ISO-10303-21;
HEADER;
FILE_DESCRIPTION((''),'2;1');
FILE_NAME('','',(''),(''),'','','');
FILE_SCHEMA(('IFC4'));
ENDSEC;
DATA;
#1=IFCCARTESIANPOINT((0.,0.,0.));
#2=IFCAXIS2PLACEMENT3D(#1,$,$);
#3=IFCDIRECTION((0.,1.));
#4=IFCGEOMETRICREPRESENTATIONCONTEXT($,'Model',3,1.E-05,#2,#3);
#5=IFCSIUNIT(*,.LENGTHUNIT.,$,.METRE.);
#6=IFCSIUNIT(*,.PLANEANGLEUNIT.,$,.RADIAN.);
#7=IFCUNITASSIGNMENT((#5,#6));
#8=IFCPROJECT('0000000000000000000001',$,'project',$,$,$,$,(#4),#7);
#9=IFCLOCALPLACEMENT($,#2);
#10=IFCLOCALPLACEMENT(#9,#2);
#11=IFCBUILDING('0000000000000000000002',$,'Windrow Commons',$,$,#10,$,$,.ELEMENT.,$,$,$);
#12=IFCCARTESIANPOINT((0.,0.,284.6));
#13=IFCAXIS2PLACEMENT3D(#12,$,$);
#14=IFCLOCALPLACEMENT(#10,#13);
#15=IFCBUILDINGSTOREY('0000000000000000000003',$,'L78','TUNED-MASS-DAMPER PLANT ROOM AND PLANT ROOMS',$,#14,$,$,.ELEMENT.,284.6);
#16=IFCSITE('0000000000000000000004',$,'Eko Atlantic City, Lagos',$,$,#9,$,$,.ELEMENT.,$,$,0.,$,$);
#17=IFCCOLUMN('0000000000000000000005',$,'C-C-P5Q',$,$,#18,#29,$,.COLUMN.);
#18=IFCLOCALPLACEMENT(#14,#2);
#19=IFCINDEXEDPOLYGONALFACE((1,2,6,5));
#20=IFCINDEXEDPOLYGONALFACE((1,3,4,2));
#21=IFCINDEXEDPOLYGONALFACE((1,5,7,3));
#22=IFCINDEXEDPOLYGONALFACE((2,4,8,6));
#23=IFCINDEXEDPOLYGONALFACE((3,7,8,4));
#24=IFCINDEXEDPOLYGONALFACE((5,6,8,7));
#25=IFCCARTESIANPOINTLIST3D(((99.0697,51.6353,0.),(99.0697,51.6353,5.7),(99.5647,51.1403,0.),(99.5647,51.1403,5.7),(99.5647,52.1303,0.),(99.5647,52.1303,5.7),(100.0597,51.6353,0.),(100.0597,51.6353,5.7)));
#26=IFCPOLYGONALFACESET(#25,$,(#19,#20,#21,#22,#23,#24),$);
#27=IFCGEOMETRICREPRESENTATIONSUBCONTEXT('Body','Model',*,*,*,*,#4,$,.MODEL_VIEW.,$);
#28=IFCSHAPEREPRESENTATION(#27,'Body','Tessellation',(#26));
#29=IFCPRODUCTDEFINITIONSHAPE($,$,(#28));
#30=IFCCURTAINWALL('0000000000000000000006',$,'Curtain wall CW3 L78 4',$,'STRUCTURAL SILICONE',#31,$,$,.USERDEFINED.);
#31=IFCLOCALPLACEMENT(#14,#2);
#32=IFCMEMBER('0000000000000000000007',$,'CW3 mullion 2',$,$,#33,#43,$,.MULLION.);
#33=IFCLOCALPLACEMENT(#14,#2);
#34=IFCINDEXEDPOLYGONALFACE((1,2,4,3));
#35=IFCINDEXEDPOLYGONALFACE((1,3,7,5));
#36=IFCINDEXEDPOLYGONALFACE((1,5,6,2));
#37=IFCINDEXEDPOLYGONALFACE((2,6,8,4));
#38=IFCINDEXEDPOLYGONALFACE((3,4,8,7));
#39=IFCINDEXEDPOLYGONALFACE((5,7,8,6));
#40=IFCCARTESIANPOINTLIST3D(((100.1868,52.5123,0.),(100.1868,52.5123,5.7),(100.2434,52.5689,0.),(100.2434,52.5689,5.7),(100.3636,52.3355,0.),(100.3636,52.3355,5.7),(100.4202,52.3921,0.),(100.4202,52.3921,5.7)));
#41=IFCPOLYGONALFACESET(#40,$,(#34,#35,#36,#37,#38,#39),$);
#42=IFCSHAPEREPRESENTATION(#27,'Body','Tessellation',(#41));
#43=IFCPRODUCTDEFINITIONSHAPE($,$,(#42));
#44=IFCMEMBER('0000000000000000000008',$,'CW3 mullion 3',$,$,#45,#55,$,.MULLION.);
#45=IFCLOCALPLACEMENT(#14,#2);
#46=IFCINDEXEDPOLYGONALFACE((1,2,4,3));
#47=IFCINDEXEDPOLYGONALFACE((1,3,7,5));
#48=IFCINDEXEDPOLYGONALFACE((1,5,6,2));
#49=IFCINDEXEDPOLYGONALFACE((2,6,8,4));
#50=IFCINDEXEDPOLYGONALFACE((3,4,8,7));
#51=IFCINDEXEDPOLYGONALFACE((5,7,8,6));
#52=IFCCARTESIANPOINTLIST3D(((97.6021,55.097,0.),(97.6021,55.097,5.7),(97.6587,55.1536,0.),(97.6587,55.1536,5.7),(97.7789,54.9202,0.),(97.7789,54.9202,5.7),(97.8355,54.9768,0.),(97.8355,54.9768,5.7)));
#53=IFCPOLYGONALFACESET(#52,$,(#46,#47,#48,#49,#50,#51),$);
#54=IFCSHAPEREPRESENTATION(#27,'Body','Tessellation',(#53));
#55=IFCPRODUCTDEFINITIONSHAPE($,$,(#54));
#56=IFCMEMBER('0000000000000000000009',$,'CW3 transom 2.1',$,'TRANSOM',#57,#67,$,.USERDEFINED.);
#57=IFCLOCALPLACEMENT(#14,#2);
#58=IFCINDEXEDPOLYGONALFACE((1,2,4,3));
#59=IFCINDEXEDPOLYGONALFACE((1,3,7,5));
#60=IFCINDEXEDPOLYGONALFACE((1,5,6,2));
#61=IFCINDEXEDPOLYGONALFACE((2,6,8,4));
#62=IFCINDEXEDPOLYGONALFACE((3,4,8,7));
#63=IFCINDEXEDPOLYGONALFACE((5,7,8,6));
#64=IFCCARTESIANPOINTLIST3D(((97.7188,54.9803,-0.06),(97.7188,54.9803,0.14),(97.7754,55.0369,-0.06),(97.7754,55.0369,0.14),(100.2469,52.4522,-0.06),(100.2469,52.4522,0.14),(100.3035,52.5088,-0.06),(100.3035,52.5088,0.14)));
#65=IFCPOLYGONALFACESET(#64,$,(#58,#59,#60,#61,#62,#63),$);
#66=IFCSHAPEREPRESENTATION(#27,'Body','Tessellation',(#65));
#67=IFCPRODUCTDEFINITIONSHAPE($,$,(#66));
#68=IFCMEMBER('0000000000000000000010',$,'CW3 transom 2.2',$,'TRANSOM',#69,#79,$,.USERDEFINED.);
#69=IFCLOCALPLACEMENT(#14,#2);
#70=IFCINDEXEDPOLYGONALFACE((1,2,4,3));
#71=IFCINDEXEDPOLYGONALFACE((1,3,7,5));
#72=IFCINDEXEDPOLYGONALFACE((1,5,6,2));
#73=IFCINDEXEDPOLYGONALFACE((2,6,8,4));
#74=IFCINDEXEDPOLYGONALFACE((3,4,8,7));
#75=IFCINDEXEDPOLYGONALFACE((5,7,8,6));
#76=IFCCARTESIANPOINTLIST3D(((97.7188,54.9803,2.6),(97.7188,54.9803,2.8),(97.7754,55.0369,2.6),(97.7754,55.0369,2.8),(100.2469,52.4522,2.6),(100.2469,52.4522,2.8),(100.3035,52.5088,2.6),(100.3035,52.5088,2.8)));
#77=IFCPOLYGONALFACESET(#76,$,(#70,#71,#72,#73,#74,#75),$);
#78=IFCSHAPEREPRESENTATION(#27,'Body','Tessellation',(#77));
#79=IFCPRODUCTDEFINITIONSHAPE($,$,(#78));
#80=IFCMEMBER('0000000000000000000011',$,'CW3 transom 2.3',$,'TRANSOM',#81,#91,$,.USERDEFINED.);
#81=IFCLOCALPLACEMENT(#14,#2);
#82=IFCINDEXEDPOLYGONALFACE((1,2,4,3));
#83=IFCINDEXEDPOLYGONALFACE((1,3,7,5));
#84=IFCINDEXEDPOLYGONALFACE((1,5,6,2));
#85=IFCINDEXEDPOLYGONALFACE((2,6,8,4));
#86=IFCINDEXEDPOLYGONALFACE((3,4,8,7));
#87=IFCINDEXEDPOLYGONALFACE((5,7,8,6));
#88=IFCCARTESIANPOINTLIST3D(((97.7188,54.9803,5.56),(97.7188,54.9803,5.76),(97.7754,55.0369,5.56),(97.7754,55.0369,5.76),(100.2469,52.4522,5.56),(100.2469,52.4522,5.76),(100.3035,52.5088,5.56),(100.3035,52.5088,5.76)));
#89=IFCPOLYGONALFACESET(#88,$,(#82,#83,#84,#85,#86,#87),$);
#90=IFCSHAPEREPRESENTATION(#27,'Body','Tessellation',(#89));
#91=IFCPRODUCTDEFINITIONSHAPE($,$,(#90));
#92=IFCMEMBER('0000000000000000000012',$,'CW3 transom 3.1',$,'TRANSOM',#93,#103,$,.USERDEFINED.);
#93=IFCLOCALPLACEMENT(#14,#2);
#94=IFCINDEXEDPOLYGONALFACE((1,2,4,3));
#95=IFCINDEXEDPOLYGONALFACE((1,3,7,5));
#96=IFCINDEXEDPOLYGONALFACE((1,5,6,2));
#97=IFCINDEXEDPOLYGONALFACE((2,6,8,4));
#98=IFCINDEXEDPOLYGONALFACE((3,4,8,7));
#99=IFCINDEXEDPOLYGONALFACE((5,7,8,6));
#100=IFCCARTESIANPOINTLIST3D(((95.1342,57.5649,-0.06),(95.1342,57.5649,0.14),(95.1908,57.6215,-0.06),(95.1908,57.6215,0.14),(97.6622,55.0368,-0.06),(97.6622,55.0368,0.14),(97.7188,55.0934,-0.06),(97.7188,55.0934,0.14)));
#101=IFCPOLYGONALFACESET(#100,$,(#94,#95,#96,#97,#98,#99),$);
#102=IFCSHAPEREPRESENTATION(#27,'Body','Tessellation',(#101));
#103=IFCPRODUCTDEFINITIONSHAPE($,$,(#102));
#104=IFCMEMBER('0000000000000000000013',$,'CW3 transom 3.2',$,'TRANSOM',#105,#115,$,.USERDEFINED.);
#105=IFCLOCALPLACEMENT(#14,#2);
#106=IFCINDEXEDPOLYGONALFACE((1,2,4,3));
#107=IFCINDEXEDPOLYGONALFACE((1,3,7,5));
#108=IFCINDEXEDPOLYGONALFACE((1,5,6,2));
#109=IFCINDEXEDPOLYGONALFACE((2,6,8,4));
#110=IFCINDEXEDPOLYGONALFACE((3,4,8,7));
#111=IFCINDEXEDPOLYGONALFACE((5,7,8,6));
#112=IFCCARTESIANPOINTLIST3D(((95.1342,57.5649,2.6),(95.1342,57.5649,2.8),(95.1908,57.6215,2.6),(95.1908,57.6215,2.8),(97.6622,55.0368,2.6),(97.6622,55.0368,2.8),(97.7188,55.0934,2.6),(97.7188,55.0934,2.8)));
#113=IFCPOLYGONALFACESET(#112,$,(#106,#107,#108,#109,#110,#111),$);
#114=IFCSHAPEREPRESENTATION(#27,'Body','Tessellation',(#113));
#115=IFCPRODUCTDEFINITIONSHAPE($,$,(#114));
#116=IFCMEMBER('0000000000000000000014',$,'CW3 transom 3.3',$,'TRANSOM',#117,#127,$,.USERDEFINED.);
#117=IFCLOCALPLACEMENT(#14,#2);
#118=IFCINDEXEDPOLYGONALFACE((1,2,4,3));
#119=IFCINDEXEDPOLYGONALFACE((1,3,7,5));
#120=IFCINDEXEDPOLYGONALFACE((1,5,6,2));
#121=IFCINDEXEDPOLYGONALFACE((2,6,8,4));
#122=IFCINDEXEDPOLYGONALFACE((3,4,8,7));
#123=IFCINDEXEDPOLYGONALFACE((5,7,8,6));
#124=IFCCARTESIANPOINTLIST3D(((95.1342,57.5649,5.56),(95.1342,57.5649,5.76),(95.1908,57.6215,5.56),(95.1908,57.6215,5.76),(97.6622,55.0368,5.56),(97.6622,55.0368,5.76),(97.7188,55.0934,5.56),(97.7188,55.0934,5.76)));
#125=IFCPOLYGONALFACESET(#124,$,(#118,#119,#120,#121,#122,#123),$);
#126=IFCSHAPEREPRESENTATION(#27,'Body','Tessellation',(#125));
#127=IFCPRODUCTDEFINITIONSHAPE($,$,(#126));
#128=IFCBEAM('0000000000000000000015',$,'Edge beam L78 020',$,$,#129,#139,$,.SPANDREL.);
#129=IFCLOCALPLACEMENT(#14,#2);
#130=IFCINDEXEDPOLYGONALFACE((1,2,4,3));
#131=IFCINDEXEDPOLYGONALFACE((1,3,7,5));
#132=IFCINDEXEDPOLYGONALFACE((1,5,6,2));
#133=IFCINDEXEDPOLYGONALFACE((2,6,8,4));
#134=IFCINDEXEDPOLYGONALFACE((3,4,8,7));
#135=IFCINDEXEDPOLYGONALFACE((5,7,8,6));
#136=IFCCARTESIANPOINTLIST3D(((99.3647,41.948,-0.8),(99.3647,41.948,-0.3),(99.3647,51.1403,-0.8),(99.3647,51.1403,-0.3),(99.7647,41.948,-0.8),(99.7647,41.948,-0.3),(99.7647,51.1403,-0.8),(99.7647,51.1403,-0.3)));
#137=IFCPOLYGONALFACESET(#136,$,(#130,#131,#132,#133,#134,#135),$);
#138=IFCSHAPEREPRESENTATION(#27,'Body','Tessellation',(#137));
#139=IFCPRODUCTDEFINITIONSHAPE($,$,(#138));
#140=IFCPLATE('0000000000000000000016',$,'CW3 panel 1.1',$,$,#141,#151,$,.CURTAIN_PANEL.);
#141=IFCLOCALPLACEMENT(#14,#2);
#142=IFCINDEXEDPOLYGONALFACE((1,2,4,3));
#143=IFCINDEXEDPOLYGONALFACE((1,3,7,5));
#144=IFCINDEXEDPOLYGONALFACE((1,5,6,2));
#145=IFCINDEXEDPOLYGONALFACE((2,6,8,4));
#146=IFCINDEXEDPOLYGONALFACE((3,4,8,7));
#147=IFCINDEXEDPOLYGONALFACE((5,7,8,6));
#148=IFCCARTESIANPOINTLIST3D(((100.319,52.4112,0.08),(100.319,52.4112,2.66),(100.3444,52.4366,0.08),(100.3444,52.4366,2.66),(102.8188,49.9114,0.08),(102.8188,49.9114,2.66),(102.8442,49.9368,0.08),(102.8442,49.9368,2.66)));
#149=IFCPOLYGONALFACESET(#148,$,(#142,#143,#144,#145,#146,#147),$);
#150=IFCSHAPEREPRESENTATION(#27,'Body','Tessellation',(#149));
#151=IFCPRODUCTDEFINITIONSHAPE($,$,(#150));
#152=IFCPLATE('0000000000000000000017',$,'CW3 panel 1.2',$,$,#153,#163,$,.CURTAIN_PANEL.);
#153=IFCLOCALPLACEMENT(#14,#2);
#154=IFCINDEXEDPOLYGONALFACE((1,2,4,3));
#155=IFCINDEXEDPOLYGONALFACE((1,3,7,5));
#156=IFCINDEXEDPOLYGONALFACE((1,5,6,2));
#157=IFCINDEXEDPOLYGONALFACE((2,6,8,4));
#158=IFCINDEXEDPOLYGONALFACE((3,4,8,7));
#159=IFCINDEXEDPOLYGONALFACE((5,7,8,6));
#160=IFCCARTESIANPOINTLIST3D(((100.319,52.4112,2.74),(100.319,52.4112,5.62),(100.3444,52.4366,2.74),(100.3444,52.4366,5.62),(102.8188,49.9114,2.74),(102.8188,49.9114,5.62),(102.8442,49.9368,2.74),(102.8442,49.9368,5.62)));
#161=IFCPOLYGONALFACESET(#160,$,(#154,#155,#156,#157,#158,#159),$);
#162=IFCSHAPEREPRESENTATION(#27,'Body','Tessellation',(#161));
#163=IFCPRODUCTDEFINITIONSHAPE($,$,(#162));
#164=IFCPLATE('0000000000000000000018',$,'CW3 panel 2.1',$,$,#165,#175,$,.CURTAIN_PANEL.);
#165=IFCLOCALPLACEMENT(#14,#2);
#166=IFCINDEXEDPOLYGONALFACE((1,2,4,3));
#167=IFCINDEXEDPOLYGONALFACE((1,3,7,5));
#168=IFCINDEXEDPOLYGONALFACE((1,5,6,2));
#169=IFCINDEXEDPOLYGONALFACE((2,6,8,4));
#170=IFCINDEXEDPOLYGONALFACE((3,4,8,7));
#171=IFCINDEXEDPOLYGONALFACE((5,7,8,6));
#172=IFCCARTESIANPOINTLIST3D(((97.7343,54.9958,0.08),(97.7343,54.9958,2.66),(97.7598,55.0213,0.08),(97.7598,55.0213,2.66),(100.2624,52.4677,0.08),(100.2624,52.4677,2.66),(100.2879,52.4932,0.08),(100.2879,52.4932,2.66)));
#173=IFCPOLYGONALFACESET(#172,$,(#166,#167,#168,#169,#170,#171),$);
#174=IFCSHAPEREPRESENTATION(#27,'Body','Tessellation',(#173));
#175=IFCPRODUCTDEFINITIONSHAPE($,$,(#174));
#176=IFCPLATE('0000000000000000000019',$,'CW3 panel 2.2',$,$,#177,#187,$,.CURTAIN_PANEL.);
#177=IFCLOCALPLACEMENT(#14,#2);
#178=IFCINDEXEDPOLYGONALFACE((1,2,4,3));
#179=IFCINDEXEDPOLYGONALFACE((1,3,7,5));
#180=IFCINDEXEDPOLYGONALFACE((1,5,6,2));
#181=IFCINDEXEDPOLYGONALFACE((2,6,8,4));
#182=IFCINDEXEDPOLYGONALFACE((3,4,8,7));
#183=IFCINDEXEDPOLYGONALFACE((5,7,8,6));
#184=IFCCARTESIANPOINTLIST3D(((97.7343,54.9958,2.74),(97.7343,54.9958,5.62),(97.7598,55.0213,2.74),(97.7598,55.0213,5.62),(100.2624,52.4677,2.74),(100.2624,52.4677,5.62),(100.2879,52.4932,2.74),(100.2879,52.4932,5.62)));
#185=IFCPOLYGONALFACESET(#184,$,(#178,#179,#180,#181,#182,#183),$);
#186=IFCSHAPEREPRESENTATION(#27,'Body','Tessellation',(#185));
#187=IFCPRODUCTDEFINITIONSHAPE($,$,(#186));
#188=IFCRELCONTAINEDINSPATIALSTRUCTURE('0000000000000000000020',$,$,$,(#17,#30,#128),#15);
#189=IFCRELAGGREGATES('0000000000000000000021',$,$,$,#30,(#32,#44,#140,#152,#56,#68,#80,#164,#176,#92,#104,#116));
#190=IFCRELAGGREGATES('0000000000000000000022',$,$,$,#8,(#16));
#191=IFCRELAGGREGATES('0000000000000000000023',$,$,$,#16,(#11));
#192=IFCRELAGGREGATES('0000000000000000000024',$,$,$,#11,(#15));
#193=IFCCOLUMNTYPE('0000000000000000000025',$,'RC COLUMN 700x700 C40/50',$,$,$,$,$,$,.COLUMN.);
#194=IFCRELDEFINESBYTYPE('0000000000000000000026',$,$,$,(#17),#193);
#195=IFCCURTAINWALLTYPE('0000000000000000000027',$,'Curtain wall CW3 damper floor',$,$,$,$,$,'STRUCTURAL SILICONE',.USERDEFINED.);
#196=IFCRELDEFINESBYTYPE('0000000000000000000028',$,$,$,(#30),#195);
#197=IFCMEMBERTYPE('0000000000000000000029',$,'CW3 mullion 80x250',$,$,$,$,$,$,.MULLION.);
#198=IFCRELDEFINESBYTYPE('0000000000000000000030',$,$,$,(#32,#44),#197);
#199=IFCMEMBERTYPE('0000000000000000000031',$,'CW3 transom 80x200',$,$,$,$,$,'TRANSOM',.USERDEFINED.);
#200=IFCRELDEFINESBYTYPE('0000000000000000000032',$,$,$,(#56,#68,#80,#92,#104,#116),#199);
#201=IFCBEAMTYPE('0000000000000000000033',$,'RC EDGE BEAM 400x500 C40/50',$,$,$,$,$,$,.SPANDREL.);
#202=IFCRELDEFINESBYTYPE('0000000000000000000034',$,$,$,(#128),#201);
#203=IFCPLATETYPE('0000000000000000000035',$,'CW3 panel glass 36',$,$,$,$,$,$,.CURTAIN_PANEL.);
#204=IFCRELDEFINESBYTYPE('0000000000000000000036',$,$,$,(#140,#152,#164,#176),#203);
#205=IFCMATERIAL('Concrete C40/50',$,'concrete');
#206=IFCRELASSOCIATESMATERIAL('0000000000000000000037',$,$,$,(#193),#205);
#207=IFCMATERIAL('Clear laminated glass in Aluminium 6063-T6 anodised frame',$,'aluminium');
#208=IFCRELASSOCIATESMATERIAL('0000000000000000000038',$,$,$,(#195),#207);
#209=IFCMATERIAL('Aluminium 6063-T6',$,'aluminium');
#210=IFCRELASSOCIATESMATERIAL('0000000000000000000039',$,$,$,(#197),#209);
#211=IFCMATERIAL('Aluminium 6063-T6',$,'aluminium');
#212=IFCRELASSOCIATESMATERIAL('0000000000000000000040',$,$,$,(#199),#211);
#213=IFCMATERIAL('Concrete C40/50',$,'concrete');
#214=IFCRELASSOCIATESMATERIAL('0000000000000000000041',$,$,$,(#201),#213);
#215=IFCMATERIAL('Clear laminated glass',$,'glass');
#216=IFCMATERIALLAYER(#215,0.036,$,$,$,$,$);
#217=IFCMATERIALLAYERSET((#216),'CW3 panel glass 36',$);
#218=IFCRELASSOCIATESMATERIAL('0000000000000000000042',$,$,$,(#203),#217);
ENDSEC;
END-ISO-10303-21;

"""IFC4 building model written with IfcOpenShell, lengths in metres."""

from ifc_helpers import new_model, si_unit, direction, frame, origin, origin_2d, place, context, subcontext, project, spatial, rectangle, extrude, material, layer, layer_set, material_profile, profile_set, type_object, element, aggregate, save


model = new_model("IFC4")

# Units and contexts
model_context = context("Model", 3, precision=1e-05, world=origin(), true_north=direction((0.0, 1.0)))
body_context = subcontext(model_context, "Body", "Model", "MODEL_VIEW")
ifc_project = project(units=[si_unit("LENGTHUNIT", "METRE"), si_unit("PLANEANGLEUNIT", "RADIAN")], contexts=[model_context])

# Site, building, storey
site_placement = place(None, origin())
site = spatial("IfcSite", under=ifc_project, at=site_placement, Name="Eko Atlantic City, Lagos", CompositionType="ELEMENT", RefElevation=0.0)
building_placement = place(site_placement, origin())
building = spatial("IfcBuilding", under=site, at=building_placement, Name="Windrow Commons", CompositionType="ELEMENT")
storey_placement = place(building_placement, frame((0.0, 0.0, 284.6)))
storey = spatial("IfcBuildingStorey", under=building, at=storey_placement, Name="L78", Description="TUNED-MASS-DAMPER PLANT ROOM AND PLANT ROOMS", CompositionType="ELEMENT", Elevation=284.6)

# Column
ifc_material_1 = material(Name="Concrete C40/50", Category="concrete")
ifc_material_profile_1 = material_profile(ifc_material_1, rectangle(XDim=0.7, YDim=0.7, at=origin_2d()))
ifc_profile_set_1 = profile_set([ifc_material_profile_1], Name="Concrete C40/50")
column_type = type_object("IfcColumnType", Name="RC COLUMN 700x700 C40/50", PredefinedType="COLUMN", material=ifc_profile_set_1)
column_placement = place(storey_placement, frame((99.5647, 51.6353, 0.0), z_axis=(0.0, 0.0, 1.0), x_axis=(0.707107, -0.707107, 0.0)))
element("IfcColumn", 1, at=column_placement, inside=storey, type_object=column_type, Name="C-C-P5Q", PredefinedType="COLUMN", context=body_context, shape_type="SweptSolid", body=[
    extrude(rectangle(XDim=0.7, YDim=0.7, at=origin_2d()), origin(), (0.0, 0.0, 1.0), 5.7),
])

# Curtain wall, members
ifc_material_2 = material(Name="Clear laminated glass in Aluminium 6063-T6 anodised frame", Category="aluminium")
curtain_wall_type = type_object("IfcCurtainWallType", Name="Curtain wall CW3 damper floor", ElementType="STRUCTURAL SILICONE", PredefinedType="USERDEFINED", material=ifc_material_2)
placement = place(storey_placement, origin())
curtain_wall = element("IfcCurtainWall", 2, at=placement, inside=storey, type_object=curtain_wall_type, Name="Curtain wall CW3 L78 4", ObjectType="STRUCTURAL SILICONE", PredefinedType="USERDEFINED")
ifc_material_3 = material(Name="Aluminium 6063-T6", Category="aluminium")
ifc_material_profile_2 = material_profile(ifc_material_3, rectangle(XDim=0.08, YDim=0.25, at=origin_2d()))
ifc_profile_set_2 = profile_set([ifc_material_profile_2], Name="Aluminium 6063-T6")
member_type_1 = type_object("IfcMemberType", Name="CW3 mullion 80x250", PredefinedType="MULLION", material=ifc_profile_set_2)
member_1_placement = place(storey_placement, frame((100.3035, 52.4522, 0.0), z_axis=(0.0, 0.0, 1.0), x_axis=(-0.707107, -0.707107, 0.0)))
member_1 = element("IfcMember", 3, at=member_1_placement, type_object=member_type_1, Name="CW3 mullion 2", PredefinedType="MULLION", context=body_context, shape_type="SweptSolid", body=[
    extrude(rectangle(XDim=0.08, YDim=0.25, at=origin_2d()), origin(), (0.0, 0.0, 1.0), 5.7),
])
member_2_placement = place(storey_placement, frame((97.7188, 55.0369, 0.0), z_axis=(0.0, 0.0, 1.0), x_axis=(-0.707107, -0.707107, 0.0)))
member_2 = element("IfcMember", 4, at=member_2_placement, type_object=member_type_1, Name="CW3 mullion 3", PredefinedType="MULLION", context=body_context, shape_type="SweptSolid", body=[
    extrude(rectangle(XDim=0.08, YDim=0.25, at=origin_2d()), origin(), (0.0, 0.0, 1.0), 5.7),
])
ifc_material_4 = material(Name="Aluminium 6063-T6", Category="aluminium")
ifc_material_profile_3 = material_profile(ifc_material_4, rectangle(XDim=0.08, YDim=0.2, at=origin_2d()))
ifc_profile_set_3 = profile_set([ifc_material_profile_3], Name="Aluminium 6063-T6")
member_type_2 = type_object("IfcMemberType", Name="CW3 transom 80x200", ElementType="TRANSOM", PredefinedType="USERDEFINED", material=ifc_profile_set_3)
member_3_placement = place(storey_placement, frame((100.2752, 52.4805, 0.04), z_axis=(-0.707107, 0.707107, 0.0), x_axis=(-0.707107, -0.707107, 0.0)))
member_3 = element("IfcMember", 5, at=member_3_placement, type_object=member_type_2, Name="CW3 transom 2.1", ObjectType="TRANSOM", PredefinedType="USERDEFINED", context=body_context, shape_type="SweptSolid", body=[
    extrude(rectangle(XDim=0.08, YDim=0.2, at=origin_2d()), origin(), (0.0, 0.0, 1.0), 3.5753),
])
member_4_placement = place(storey_placement, frame((100.2752, 52.4805, 2.7), z_axis=(-0.707107, 0.707107, 0.0), x_axis=(-0.707107, -0.707107, 0.0)))
member_4 = element("IfcMember", 6, at=member_4_placement, type_object=member_type_2, Name="CW3 transom 2.2", ObjectType="TRANSOM", PredefinedType="USERDEFINED", context=body_context, shape_type="SweptSolid", body=[
    extrude(rectangle(XDim=0.08, YDim=0.2, at=origin_2d()), origin(), (0.0, 0.0, 1.0), 3.5753),
])
member_5_placement = place(storey_placement, frame((100.2752, 52.4805, 5.66), z_axis=(-0.707107, 0.707107, 0.0), x_axis=(-0.707107, -0.707107, 0.0)))
member_5 = element("IfcMember", 7, at=member_5_placement, type_object=member_type_2, Name="CW3 transom 2.3", ObjectType="TRANSOM", PredefinedType="USERDEFINED", context=body_context, shape_type="SweptSolid", body=[
    extrude(rectangle(XDim=0.08, YDim=0.2, at=origin_2d()), origin(), (0.0, 0.0, 1.0), 3.5753),
])
member_6_placement = place(storey_placement, frame((97.6905, 55.0651, 0.04), z_axis=(-0.707093, 0.707121, 0.0), x_axis=(-0.707121, -0.707093, 0.0)))
member_6 = element("IfcMember", 8, at=member_6_placement, type_object=member_type_2, Name="CW3 transom 3.1", ObjectType="TRANSOM", PredefinedType="USERDEFINED", context=body_context, shape_type="SweptSolid", body=[
    extrude(rectangle(XDim=0.08, YDim=0.2, at=origin_2d()), origin(), (0.0, 0.0, 1.0), 3.5752),
])
member_7_placement = place(storey_placement, frame((97.6905, 55.0651, 2.7), z_axis=(-0.707093, 0.707121, 0.0), x_axis=(-0.707121, -0.707093, 0.0)))
member_7 = element("IfcMember", 9, at=member_7_placement, type_object=member_type_2, Name="CW3 transom 3.2", ObjectType="TRANSOM", PredefinedType="USERDEFINED", context=body_context, shape_type="SweptSolid", body=[
    extrude(rectangle(XDim=0.08, YDim=0.2, at=origin_2d()), origin(), (0.0, 0.0, 1.0), 3.5752),
])
member_8_placement = place(storey_placement, frame((97.6905, 55.0651, 5.66), z_axis=(-0.707093, 0.707121, 0.0), x_axis=(-0.707121, -0.707093, 0.0)))
member_8 = element("IfcMember", 10, at=member_8_placement, type_object=member_type_2, Name="CW3 transom 3.3", ObjectType="TRANSOM", PredefinedType="USERDEFINED", context=body_context, shape_type="SweptSolid", body=[
    extrude(rectangle(XDim=0.08, YDim=0.2, at=origin_2d()), origin(), (0.0, 0.0, 1.0), 3.5752),
])

# Beam
ifc_material_5 = material(Name="Concrete C40/50", Category="concrete")
ifc_material_profile_4 = material_profile(ifc_material_5, rectangle(XDim=0.4, YDim=0.5, at=origin_2d()))
ifc_profile_set_4 = profile_set([ifc_material_profile_4], Name="Concrete C40/50")
beam_type = type_object("IfcBeamType", Name="RC EDGE BEAM 400x500 C40/50", PredefinedType="SPANDREL", material=ifc_profile_set_4)
beam_placement = place(storey_placement, frame((99.5647, 51.1403, -0.55), z_axis=(0.0, -1.0, 0.0), x_axis=(1.0, 0.0, 0.0)))
element("IfcBeam", 11, at=beam_placement, inside=storey, type_object=beam_type, Name="Edge beam L78 020", PredefinedType="SPANDREL", context=body_context, shape_type="SweptSolid", body=[
    extrude(rectangle(XDim=0.4, YDim=0.5, at=origin_2d()), origin(), (0.0, 0.0, 1.0), 9.1923),
])

# Plates
ifc_material_6 = material(Name="Clear laminated glass", Category="glass")
ifc_layer_1 = layer(ifc_material_6, 0.036)
ifc_layer_set_1 = layer_set([ifc_layer_1], Name="CW3 panel glass 36")
plate_type = type_object("IfcPlateType", Name="CW3 panel glass 36", PredefinedType="CURTAIN_PANEL", material=ifc_layer_set_1)
plate_1_placement = place(storey_placement, frame((101.5816, 51.174, 0.08), z_axis=(0.0, 0.0, 1.0), x_axis=(-0.707107, 0.707107, 0.0)))
plate_1 = element("IfcPlate", 12, at=plate_1_placement, type_object=plate_type, Name="CW3 panel 1.1", PredefinedType="CURTAIN_PANEL", context=body_context, shape_type="SweptSolid", body=[
    extrude(rectangle(XDim=3.5352, YDim=0.036, at=origin_2d()), origin(), (0.0, 0.0, 1.0), 2.58),
])
plate_2_placement = place(storey_placement, frame((101.5816, 51.174, 2.74), z_axis=(0.0, 0.0, 1.0), x_axis=(-0.707107, 0.707107, 0.0)))
plate_2 = element("IfcPlate", 13, at=plate_2_placement, type_object=plate_type, Name="CW3 panel 1.2", PredefinedType="CURTAIN_PANEL", context=body_context, shape_type="SweptSolid", body=[
    extrude(rectangle(XDim=3.5352, YDim=0.036, at=origin_2d()), origin(), (0.0, 0.0, 1.0), 2.88),
])
plate_3_placement = place(storey_placement, frame((99.0111, 53.7445, 0.08), z_axis=(0.0, 0.0, 1.0), x_axis=(-0.707107, 0.707107, 0.0)))
plate_3 = element("IfcPlate", 14, at=plate_3_placement, type_object=plate_type, Name="CW3 panel 2.1", PredefinedType="CURTAIN_PANEL", context=body_context, shape_type="SweptSolid", body=[
    extrude(rectangle(XDim=3.5752, YDim=0.036, at=origin_2d()), origin(), (0.0, 0.0, 1.0), 2.58),
])
plate_4_placement = place(storey_placement, frame((99.0111, 53.7445, 2.74), z_axis=(0.0, 0.0, 1.0), x_axis=(-0.707107, 0.707107, 0.0)))
plate_4 = element("IfcPlate", 15, at=plate_4_placement, type_object=plate_type, Name="CW3 panel 2.2", PredefinedType="CURTAIN_PANEL", context=body_context, shape_type="SweptSolid", body=[
    extrude(rectangle(XDim=3.5752, YDim=0.036, at=origin_2d()), origin(), (0.0, 0.0, 1.0), 2.88),
])
aggregate(curtain_wall, [member_1, member_2, plate_1, plate_2, member_3, member_4, member_5, plate_3, plate_4, member_6, member_7, member_8])

save(model, "model.ifc")
